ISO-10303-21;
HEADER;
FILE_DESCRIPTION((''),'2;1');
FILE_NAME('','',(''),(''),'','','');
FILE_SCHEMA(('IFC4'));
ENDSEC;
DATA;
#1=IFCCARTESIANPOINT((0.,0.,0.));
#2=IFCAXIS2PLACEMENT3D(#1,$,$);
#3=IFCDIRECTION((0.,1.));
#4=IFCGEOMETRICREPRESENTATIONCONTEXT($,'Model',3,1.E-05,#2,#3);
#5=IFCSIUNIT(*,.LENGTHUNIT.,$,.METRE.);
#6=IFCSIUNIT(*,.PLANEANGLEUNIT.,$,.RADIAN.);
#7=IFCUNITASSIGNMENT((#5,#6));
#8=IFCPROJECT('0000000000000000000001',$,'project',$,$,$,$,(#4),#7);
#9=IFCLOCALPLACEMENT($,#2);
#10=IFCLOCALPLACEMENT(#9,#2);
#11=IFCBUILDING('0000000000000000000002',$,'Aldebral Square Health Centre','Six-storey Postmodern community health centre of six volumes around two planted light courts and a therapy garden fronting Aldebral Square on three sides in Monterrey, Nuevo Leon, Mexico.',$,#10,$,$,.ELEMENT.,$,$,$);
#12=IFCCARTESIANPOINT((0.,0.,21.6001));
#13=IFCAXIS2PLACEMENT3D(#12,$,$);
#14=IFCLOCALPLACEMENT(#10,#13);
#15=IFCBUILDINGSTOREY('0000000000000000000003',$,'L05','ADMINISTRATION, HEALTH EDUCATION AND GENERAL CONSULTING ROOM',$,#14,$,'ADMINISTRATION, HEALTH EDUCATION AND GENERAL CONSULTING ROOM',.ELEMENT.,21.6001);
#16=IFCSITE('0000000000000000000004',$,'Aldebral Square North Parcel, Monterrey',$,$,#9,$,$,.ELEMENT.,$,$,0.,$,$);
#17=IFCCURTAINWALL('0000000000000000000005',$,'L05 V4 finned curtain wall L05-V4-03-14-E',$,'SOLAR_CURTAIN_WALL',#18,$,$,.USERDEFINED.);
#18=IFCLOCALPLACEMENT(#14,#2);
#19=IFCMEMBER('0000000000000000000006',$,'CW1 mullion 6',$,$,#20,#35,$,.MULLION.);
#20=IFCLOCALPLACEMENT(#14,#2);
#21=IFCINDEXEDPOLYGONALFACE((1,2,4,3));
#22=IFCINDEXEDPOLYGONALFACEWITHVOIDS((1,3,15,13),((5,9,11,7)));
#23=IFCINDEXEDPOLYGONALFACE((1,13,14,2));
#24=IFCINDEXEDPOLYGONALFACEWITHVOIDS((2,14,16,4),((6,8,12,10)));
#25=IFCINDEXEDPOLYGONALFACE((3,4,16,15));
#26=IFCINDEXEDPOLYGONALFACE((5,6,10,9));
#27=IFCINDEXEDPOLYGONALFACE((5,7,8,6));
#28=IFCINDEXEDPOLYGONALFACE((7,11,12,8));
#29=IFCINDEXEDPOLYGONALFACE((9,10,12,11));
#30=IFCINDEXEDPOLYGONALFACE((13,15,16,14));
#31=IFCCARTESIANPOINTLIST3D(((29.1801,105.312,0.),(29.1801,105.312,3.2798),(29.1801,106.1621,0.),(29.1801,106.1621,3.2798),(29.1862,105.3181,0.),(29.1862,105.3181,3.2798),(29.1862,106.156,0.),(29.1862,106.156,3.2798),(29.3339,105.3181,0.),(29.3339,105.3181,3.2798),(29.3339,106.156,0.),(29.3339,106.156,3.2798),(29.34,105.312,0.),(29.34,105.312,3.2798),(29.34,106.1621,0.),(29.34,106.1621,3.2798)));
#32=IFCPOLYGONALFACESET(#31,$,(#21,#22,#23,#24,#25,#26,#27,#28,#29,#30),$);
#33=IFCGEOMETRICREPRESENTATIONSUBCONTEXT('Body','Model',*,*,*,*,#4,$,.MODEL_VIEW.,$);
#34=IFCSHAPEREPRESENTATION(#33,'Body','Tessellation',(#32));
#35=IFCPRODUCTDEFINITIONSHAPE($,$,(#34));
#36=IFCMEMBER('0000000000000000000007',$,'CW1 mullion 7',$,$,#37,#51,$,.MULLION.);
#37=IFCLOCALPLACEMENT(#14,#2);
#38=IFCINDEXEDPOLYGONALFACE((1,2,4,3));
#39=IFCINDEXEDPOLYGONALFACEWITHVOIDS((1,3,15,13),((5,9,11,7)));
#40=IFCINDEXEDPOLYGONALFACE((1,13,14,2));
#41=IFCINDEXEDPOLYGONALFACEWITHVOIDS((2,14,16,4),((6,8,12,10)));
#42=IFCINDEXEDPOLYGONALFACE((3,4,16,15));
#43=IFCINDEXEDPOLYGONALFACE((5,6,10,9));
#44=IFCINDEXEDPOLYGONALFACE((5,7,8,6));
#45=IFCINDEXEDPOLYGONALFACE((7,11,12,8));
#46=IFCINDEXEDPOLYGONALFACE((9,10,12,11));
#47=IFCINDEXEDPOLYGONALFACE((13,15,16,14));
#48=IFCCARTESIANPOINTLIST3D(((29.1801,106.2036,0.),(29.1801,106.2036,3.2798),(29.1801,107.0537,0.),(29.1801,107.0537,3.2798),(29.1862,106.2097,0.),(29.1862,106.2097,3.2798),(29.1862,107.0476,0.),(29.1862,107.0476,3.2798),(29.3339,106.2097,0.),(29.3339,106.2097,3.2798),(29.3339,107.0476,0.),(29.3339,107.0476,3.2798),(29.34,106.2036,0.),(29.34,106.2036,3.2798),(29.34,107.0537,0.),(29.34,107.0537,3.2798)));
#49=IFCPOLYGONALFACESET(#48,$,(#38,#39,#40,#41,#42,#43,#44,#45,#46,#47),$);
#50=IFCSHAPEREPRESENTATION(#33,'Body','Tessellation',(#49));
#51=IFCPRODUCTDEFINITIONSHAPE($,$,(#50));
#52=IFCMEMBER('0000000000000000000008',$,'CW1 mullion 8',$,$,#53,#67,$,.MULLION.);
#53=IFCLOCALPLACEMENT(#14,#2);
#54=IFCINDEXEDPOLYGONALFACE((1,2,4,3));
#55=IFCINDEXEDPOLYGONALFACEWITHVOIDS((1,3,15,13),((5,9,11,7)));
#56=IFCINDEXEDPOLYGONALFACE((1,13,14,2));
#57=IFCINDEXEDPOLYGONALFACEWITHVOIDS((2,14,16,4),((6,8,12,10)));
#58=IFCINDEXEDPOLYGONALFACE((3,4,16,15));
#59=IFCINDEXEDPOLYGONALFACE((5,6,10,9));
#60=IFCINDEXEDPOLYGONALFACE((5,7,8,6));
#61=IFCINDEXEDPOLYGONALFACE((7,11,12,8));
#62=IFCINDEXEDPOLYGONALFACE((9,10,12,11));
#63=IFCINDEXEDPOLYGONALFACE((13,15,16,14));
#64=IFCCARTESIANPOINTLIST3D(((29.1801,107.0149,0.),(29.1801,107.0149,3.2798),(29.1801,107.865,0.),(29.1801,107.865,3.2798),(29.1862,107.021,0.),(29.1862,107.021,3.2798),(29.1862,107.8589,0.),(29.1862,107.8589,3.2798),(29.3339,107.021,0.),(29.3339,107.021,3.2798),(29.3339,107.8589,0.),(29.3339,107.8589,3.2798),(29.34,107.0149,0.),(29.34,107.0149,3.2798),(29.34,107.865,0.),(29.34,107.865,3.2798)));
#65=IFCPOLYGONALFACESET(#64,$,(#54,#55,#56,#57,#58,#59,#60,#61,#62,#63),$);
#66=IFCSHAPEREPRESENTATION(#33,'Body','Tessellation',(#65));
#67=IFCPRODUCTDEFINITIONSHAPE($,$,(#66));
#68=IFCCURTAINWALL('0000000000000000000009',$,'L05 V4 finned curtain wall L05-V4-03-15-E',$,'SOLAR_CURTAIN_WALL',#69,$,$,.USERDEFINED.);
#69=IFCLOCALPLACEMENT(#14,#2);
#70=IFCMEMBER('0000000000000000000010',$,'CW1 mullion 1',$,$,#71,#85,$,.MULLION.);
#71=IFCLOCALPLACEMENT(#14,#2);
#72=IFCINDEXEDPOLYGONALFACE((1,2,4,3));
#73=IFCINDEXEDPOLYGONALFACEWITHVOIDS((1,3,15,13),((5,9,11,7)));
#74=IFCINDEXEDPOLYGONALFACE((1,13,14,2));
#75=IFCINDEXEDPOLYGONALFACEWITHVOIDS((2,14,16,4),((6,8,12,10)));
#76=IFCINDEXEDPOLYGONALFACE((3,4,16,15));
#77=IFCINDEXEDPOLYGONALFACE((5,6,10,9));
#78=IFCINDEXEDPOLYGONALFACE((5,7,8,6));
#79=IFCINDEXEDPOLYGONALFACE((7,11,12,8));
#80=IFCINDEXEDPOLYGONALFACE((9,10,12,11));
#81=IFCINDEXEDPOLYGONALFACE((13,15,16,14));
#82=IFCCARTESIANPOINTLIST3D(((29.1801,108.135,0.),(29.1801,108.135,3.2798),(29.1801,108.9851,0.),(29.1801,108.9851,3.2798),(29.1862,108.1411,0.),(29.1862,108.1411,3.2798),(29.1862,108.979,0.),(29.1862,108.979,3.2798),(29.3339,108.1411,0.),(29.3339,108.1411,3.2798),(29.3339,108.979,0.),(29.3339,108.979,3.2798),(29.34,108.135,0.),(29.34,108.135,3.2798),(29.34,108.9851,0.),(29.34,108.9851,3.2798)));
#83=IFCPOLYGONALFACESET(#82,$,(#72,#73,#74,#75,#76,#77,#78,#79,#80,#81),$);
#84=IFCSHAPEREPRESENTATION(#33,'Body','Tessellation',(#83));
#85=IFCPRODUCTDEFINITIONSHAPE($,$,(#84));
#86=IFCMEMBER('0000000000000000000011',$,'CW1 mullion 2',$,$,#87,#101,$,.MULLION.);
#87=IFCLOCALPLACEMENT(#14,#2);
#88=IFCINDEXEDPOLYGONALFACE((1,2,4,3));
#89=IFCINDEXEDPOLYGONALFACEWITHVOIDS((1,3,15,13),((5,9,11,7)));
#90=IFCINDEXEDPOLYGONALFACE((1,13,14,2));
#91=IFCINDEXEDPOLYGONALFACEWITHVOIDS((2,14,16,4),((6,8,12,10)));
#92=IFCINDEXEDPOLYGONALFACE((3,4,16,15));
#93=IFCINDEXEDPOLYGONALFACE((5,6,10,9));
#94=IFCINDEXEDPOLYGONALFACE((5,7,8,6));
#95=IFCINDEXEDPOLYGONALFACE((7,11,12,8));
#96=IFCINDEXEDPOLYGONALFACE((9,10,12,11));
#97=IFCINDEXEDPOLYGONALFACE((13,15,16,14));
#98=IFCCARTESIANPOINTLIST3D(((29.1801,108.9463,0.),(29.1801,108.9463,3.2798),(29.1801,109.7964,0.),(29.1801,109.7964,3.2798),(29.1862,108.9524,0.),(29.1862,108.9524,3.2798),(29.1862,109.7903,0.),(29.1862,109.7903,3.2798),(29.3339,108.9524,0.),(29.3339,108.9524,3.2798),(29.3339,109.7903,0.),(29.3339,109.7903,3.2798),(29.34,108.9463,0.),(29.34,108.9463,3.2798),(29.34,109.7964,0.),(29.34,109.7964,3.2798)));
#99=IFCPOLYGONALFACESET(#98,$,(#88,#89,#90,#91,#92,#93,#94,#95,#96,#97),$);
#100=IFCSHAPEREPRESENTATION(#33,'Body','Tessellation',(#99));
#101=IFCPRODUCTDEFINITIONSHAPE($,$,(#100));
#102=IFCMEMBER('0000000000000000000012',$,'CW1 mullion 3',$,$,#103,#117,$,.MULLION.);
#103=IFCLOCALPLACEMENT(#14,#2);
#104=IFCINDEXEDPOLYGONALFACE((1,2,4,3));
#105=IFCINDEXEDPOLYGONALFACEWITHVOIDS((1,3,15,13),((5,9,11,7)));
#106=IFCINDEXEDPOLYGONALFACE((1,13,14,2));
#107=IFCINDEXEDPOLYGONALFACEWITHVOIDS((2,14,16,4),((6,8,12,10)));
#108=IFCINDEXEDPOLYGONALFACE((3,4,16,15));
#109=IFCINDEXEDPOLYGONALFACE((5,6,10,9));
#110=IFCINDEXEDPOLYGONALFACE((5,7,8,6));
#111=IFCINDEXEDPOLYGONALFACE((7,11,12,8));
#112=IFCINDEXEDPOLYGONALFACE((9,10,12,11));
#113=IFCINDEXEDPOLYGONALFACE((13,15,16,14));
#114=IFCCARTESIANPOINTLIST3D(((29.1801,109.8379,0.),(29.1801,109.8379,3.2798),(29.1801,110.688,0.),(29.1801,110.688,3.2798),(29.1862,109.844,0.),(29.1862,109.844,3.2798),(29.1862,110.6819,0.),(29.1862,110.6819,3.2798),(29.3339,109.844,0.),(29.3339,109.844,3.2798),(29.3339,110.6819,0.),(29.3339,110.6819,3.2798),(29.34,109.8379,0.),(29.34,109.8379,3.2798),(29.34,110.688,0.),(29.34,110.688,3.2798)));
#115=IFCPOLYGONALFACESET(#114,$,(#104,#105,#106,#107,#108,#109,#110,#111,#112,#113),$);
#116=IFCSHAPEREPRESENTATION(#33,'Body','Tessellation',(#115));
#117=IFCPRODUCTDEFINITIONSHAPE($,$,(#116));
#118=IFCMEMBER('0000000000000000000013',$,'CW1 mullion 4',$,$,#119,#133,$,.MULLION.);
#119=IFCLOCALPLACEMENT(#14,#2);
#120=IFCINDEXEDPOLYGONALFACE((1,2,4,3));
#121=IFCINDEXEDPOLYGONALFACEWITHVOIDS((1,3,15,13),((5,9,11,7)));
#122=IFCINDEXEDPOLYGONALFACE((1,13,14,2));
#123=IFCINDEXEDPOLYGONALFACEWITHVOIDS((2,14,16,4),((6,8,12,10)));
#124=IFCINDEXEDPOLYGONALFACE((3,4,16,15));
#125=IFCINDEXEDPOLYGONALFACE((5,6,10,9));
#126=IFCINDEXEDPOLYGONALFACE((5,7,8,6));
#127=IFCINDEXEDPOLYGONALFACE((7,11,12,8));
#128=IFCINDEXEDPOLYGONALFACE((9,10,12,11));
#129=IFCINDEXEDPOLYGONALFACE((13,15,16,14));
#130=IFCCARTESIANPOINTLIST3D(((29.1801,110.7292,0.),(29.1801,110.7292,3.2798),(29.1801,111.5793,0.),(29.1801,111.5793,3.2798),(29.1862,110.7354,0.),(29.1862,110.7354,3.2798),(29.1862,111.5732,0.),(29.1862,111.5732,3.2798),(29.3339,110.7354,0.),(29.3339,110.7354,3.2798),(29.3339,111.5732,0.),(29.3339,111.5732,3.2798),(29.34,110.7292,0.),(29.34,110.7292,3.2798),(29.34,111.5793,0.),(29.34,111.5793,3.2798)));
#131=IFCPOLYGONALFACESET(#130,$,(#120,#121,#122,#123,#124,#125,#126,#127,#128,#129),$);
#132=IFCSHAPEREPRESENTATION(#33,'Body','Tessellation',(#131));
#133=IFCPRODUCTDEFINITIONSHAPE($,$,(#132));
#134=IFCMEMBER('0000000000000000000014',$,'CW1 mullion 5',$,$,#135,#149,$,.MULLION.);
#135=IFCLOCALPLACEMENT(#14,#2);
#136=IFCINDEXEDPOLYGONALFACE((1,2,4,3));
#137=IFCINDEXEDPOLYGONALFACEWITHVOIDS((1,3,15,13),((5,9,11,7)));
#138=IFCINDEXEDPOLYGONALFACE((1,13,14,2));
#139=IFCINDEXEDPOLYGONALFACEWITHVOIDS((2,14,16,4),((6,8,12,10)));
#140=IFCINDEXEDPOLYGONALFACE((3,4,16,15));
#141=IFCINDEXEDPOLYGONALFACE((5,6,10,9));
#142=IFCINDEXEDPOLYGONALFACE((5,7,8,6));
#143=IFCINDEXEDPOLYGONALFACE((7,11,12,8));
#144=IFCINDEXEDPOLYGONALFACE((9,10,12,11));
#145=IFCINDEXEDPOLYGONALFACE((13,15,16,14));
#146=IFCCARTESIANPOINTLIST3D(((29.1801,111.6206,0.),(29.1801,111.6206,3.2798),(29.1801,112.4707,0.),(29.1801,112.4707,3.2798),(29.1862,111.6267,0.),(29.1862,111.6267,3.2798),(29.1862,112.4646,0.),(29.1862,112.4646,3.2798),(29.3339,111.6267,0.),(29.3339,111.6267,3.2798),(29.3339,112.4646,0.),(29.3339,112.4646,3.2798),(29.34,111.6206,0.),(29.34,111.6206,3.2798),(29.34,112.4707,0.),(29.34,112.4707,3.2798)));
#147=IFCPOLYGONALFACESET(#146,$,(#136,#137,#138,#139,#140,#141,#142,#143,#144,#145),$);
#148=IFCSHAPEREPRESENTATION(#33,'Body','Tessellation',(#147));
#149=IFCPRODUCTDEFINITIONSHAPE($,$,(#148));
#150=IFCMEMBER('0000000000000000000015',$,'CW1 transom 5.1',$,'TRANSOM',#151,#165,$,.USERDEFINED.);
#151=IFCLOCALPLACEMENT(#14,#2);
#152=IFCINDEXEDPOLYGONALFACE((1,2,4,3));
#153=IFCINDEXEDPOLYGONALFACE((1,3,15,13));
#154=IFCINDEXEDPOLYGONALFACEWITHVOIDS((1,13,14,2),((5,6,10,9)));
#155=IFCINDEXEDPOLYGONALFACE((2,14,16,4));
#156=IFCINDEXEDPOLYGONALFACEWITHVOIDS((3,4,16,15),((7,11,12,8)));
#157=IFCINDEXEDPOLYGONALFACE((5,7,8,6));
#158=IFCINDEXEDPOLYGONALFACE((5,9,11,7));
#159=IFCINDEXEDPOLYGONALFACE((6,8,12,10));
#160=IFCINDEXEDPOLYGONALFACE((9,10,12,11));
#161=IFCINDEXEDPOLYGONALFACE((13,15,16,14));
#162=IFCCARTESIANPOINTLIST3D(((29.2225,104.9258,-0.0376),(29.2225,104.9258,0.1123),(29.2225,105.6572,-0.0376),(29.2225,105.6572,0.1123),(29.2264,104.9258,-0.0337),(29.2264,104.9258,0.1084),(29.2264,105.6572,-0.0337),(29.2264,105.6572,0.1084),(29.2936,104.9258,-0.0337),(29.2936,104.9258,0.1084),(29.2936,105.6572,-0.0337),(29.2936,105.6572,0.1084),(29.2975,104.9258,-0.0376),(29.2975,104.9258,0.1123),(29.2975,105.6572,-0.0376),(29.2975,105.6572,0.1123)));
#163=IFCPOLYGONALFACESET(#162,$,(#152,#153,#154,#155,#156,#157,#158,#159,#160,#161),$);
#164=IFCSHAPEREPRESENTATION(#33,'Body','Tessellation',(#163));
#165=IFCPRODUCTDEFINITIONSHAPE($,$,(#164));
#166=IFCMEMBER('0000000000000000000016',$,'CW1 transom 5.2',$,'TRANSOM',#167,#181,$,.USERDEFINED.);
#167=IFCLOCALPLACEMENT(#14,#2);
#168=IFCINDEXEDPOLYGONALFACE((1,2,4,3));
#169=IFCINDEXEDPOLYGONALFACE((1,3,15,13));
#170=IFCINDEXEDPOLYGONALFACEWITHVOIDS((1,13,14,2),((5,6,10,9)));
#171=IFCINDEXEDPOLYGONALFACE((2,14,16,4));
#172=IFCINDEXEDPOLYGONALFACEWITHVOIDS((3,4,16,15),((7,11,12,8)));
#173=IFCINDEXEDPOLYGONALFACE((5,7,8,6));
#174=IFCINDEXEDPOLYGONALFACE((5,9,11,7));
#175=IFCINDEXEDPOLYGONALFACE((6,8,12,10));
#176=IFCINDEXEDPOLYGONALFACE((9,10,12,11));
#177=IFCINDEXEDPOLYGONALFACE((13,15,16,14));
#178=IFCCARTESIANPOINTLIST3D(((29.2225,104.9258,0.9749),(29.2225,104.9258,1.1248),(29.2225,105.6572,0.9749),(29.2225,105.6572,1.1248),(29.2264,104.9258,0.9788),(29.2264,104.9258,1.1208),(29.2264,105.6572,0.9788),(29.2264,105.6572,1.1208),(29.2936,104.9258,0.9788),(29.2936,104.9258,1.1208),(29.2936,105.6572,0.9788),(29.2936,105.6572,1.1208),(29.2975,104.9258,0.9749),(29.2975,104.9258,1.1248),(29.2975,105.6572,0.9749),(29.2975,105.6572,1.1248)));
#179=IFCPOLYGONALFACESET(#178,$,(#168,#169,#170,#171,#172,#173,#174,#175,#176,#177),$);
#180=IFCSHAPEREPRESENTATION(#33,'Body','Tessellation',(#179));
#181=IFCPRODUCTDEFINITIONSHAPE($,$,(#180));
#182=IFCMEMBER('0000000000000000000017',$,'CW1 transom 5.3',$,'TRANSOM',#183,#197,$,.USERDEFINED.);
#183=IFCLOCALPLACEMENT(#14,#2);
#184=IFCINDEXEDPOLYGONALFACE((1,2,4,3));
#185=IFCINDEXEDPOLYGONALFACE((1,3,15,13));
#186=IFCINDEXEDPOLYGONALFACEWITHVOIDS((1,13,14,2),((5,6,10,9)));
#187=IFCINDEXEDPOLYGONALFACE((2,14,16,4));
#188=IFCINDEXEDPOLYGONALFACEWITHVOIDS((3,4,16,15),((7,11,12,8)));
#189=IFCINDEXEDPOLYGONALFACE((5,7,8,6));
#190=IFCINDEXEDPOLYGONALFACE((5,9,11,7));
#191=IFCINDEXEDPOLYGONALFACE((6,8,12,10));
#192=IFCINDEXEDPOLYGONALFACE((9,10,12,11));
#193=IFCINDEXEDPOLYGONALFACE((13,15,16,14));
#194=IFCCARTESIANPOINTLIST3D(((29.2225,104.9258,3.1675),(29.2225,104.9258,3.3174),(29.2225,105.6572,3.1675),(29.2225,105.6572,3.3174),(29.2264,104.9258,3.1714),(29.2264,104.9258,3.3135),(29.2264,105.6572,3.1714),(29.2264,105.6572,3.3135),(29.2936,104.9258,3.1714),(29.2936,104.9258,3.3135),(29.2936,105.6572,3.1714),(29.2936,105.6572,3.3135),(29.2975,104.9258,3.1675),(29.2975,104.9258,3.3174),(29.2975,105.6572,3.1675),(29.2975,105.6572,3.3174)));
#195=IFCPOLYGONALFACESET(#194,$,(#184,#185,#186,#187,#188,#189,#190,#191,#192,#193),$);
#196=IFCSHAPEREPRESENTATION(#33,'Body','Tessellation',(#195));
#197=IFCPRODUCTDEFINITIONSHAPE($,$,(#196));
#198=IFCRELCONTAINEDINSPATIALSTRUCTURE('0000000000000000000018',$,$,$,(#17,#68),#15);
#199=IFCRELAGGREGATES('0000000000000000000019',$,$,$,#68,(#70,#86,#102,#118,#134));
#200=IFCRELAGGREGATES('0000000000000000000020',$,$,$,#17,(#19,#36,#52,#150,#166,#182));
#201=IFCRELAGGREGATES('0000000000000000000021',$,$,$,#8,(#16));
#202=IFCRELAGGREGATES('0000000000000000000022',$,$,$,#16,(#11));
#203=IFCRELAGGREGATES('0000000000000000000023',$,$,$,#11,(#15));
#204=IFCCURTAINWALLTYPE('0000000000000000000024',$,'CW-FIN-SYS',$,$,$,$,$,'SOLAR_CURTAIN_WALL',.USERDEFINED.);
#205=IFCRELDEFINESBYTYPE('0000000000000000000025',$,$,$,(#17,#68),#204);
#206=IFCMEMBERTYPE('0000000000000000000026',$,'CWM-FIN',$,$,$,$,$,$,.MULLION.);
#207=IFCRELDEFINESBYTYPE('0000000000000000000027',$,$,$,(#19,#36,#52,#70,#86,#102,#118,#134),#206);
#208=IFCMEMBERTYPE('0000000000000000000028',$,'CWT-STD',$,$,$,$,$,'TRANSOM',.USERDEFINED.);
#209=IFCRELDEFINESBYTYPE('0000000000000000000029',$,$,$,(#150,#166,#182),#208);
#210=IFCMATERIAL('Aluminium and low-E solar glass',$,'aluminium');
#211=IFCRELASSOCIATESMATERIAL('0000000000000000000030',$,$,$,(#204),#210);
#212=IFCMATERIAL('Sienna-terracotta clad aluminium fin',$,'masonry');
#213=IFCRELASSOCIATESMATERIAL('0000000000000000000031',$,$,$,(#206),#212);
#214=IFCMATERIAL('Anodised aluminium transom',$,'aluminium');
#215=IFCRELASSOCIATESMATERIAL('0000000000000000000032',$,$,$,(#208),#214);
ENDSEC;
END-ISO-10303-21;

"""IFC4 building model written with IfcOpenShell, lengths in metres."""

from ifc_helpers import new_model, si_unit, direction, frame, origin, origin_2d, place, context, subcontext, project, spatial, hollow_rectangle, extrude, material, material_profile, profile_set, type_object, element, aggregate, save


model = new_model("IFC4")

# Units and contexts
model_context = context("Model", 3, precision=1e-05, world=origin(), true_north=direction((0.0, 1.0)))
body_context = subcontext(model_context, "Body", "Model", "MODEL_VIEW")
ifc_project = project(units=[si_unit("LENGTHUNIT", "METRE"), si_unit("PLANEANGLEUNIT", "RADIAN")], contexts=[model_context])

# Site, building, storey
site_placement = place(None, origin())
site = spatial("IfcSite", under=ifc_project, at=site_placement, Name="Aldebral Square North Parcel, Monterrey", CompositionType="ELEMENT", RefElevation=0.0)
building_placement = place(site_placement, origin())
building = spatial("IfcBuilding", under=site, at=building_placement, Name="Aldebral Square Health Centre", Description="Six-storey Postmodern community health centre of six volumes around two planted light courts and a therapy garden fronting Aldebral Square on three sides in Monterrey, Nuevo Leon, Mexico.", CompositionType="ELEMENT")
storey_placement = place(building_placement, frame((0.0, 0.0, 21.6001)))
storey = spatial("IfcBuildingStorey", under=building, at=storey_placement, Name="L05", Description="ADMINISTRATION, HEALTH EDUCATION AND GENERAL CONSULTING ROOM", LongName="ADMINISTRATION, HEALTH EDUCATION AND GENERAL CONSULTING ROOM", CompositionType="ELEMENT", Elevation=21.6001)

# Curtain walls, members
ifc_material_1 = material(Name="Aluminium and low-E solar glass", Category="aluminium")
curtain_wall_type = type_object("IfcCurtainWallType", Name="CW-FIN-SYS", ElementType="SOLAR_CURTAIN_WALL", PredefinedType="USERDEFINED", material=ifc_material_1)
curtain_wall_1_placement = place(storey_placement, origin())
curtain_wall_1 = element("IfcCurtainWall", 1, at=curtain_wall_1_placement, inside=storey, type_object=curtain_wall_type, Name="L05 V4 finned curtain wall L05-V4-03-14-E", ObjectType="SOLAR_CURTAIN_WALL", PredefinedType="USERDEFINED")
ifc_material_2 = material(Name="Sienna-terracotta clad aluminium fin", Category="masonry")
ifc_material_profile_1 = material_profile(ifc_material_2, hollow_rectangle(XDim=0.1599, YDim=0.8501, WallThickness=0.0061, at=origin_2d()), Name="FIN 160x850x6")
ifc_profile_set_1 = profile_set([ifc_material_profile_1], Name="Sienna-terracotta clad aluminium fin")
member_type_1 = type_object("IfcMemberType", Name="CWM-FIN", PredefinedType="MULLION", material=ifc_profile_set_1)
member_1_placement = place(storey_placement, frame((29.26, 105.7371, 0.0), z_axis=(0.0, 0.0, 1.0), x_axis=(-1.0, 0.0, 0.0)))
member_1 = element("IfcMember", 2, at=member_1_placement, type_object=member_type_1, Name="CW1 mullion 6", PredefinedType="MULLION", context=body_context, shape_type="SweptSolid", body=[
    extrude(hollow_rectangle(XDim=0.1599, YDim=0.8501, WallThickness=0.0061, at=origin_2d()), origin(), (0.0, 0.0, 1.0), 3.2798),
])
member_2_placement = place(storey_placement, frame((29.26, 106.6287, 0.0), z_axis=(0.0, 0.0, 1.0), x_axis=(-1.0, 0.0, 0.0)))
member_2 = element("IfcMember", 3, at=member_2_placement, type_object=member_type_1, Name="CW1 mullion 7", PredefinedType="MULLION", context=body_context, shape_type="SweptSolid", body=[
    extrude(hollow_rectangle(XDim=0.1599, YDim=0.8501, WallThickness=0.0061, at=origin_2d()), origin(), (0.0, 0.0, 1.0), 3.2798),
])
member_3_placement = place(storey_placement, frame((29.26, 107.4399, 0.0), z_axis=(0.0, 0.0, 1.0), x_axis=(-1.0, 0.0, 0.0)))
member_3 = element("IfcMember", 4, at=member_3_placement, type_object=member_type_1, Name="CW1 mullion 8", PredefinedType="MULLION", context=body_context, shape_type="SweptSolid", body=[
    extrude(hollow_rectangle(XDim=0.1599, YDim=0.8501, WallThickness=0.0061, at=origin_2d()), origin(), (0.0, 0.0, 1.0), 3.2798),
])
curtain_wall_2_placement = place(storey_placement, origin())
curtain_wall_2 = element("IfcCurtainWall", 5, at=curtain_wall_2_placement, inside=storey, type_object=curtain_wall_type, Name="L05 V4 finned curtain wall L05-V4-03-15-E", ObjectType="SOLAR_CURTAIN_WALL", PredefinedType="USERDEFINED")
member_4_placement = place(storey_placement, frame((29.26, 108.5601, 0.0), z_axis=(0.0, 0.0, 1.0), x_axis=(-1.0, 0.0, 0.0)))
member_4 = element("IfcMember", 6, at=member_4_placement, type_object=member_type_1, Name="CW1 mullion 1", PredefinedType="MULLION", context=body_context, shape_type="SweptSolid", body=[
    extrude(hollow_rectangle(XDim=0.1599, YDim=0.8501, WallThickness=0.0061, at=origin_2d()), origin(), (0.0, 0.0, 1.0), 3.2798),
])
member_5_placement = place(storey_placement, frame((29.26, 109.3713, 0.0), z_axis=(0.0, 0.0, 1.0), x_axis=(-1.0, 0.0, 0.0)))
member_5 = element("IfcMember", 7, at=member_5_placement, type_object=member_type_1, Name="CW1 mullion 2", PredefinedType="MULLION", context=body_context, shape_type="SweptSolid", body=[
    extrude(hollow_rectangle(XDim=0.1599, YDim=0.8501, WallThickness=0.0061, at=origin_2d()), origin(), (0.0, 0.0, 1.0), 3.2798),
])
member_6_placement = place(storey_placement, frame((29.26, 110.2629, 0.0), z_axis=(0.0, 0.0, 1.0), x_axis=(-1.0, 0.0, 0.0)))
member_6 = element("IfcMember", 8, at=member_6_placement, type_object=member_type_1, Name="CW1 mullion 3", PredefinedType="MULLION", context=body_context, shape_type="SweptSolid", body=[
    extrude(hollow_rectangle(XDim=0.1599, YDim=0.8501, WallThickness=0.0061, at=origin_2d()), origin(), (0.0, 0.0, 1.0), 3.2798),
])
member_7_placement = place(storey_placement, frame((29.26, 111.1543, 0.0), z_axis=(0.0, 0.0, 1.0), x_axis=(-1.0, 0.0, 0.0)))
member_7 = element("IfcMember", 9, at=member_7_placement, type_object=member_type_1, Name="CW1 mullion 4", PredefinedType="MULLION", context=body_context, shape_type="SweptSolid", body=[
    extrude(hollow_rectangle(XDim=0.1599, YDim=0.8501, WallThickness=0.0061, at=origin_2d()), origin(), (0.0, 0.0, 1.0), 3.2798),
])
member_8_placement = place(storey_placement, frame((29.26, 112.0457, 0.0), z_axis=(0.0, 0.0, 1.0), x_axis=(-1.0, 0.0, 0.0)))
member_8 = element("IfcMember", 10, at=member_8_placement, type_object=member_type_1, Name="CW1 mullion 5", PredefinedType="MULLION", context=body_context, shape_type="SweptSolid", body=[
    extrude(hollow_rectangle(XDim=0.1599, YDim=0.8501, WallThickness=0.0061, at=origin_2d()), origin(), (0.0, 0.0, 1.0), 3.2798),
])
aggregate(curtain_wall_2, [member_4, member_5, member_6, member_7, member_8])

# Members
ifc_material_3 = material(Name="Anodised aluminium transom", Category="aluminium")
ifc_material_profile_2 = material_profile(ifc_material_3, hollow_rectangle(XDim=0.075, YDim=0.1499, WallThickness=0.0039, at=origin_2d()), Name="CWT 75x150x4")
ifc_profile_set_2 = profile_set([ifc_material_profile_2], Name="Anodised aluminium transom")
member_type_2 = type_object("IfcMemberType", Name="CWT-STD", ElementType="TRANSOM", PredefinedType="USERDEFINED", material=ifc_profile_set_2)
member_9_placement = place(storey_placement, frame((29.26, 104.9258, 0.0374), z_axis=(0.0, 1.0, 0.0), x_axis=(-1.0, 0.0, 0.0)))
member_9 = element("IfcMember", 11, at=member_9_placement, type_object=member_type_2, Name="CW1 transom 5.1", ObjectType="TRANSOM", PredefinedType="USERDEFINED", context=body_context, shape_type="SweptSolid", body=[
    extrude(hollow_rectangle(XDim=0.075, YDim=0.1499, WallThickness=0.0039, at=origin_2d()), origin(), (0.0, 0.0, 1.0), 0.7314),
])
member_10_placement = place(storey_placement, frame((29.26, 104.9258, 1.0498), z_axis=(0.0, 1.0, 0.0), x_axis=(-1.0, 0.0, 0.0)))
member_10 = element("IfcMember", 12, at=member_10_placement, type_object=member_type_2, Name="CW1 transom 5.2", ObjectType="TRANSOM", PredefinedType="USERDEFINED", context=body_context, shape_type="SweptSolid", body=[
    extrude(hollow_rectangle(XDim=0.075, YDim=0.1499, WallThickness=0.0039, at=origin_2d()), origin(), (0.0, 0.0, 1.0), 0.7314),
])
member_11_placement = place(storey_placement, frame((29.26, 104.9258, 3.2424), z_axis=(0.0, 1.0, 0.0), x_axis=(-1.0, 0.0, 0.0)))
member_11 = element("IfcMember", 13, at=member_11_placement, type_object=member_type_2, Name="CW1 transom 5.3", ObjectType="TRANSOM", PredefinedType="USERDEFINED", context=body_context, shape_type="SweptSolid", body=[
    extrude(hollow_rectangle(XDim=0.075, YDim=0.1499, WallThickness=0.0039, at=origin_2d()), origin(), (0.0, 0.0, 1.0), 0.7314),
])

aggregate(curtain_wall_1, [member_1, member_2, member_3, member_9, member_10, member_11])

save(model, "model.ifc")
